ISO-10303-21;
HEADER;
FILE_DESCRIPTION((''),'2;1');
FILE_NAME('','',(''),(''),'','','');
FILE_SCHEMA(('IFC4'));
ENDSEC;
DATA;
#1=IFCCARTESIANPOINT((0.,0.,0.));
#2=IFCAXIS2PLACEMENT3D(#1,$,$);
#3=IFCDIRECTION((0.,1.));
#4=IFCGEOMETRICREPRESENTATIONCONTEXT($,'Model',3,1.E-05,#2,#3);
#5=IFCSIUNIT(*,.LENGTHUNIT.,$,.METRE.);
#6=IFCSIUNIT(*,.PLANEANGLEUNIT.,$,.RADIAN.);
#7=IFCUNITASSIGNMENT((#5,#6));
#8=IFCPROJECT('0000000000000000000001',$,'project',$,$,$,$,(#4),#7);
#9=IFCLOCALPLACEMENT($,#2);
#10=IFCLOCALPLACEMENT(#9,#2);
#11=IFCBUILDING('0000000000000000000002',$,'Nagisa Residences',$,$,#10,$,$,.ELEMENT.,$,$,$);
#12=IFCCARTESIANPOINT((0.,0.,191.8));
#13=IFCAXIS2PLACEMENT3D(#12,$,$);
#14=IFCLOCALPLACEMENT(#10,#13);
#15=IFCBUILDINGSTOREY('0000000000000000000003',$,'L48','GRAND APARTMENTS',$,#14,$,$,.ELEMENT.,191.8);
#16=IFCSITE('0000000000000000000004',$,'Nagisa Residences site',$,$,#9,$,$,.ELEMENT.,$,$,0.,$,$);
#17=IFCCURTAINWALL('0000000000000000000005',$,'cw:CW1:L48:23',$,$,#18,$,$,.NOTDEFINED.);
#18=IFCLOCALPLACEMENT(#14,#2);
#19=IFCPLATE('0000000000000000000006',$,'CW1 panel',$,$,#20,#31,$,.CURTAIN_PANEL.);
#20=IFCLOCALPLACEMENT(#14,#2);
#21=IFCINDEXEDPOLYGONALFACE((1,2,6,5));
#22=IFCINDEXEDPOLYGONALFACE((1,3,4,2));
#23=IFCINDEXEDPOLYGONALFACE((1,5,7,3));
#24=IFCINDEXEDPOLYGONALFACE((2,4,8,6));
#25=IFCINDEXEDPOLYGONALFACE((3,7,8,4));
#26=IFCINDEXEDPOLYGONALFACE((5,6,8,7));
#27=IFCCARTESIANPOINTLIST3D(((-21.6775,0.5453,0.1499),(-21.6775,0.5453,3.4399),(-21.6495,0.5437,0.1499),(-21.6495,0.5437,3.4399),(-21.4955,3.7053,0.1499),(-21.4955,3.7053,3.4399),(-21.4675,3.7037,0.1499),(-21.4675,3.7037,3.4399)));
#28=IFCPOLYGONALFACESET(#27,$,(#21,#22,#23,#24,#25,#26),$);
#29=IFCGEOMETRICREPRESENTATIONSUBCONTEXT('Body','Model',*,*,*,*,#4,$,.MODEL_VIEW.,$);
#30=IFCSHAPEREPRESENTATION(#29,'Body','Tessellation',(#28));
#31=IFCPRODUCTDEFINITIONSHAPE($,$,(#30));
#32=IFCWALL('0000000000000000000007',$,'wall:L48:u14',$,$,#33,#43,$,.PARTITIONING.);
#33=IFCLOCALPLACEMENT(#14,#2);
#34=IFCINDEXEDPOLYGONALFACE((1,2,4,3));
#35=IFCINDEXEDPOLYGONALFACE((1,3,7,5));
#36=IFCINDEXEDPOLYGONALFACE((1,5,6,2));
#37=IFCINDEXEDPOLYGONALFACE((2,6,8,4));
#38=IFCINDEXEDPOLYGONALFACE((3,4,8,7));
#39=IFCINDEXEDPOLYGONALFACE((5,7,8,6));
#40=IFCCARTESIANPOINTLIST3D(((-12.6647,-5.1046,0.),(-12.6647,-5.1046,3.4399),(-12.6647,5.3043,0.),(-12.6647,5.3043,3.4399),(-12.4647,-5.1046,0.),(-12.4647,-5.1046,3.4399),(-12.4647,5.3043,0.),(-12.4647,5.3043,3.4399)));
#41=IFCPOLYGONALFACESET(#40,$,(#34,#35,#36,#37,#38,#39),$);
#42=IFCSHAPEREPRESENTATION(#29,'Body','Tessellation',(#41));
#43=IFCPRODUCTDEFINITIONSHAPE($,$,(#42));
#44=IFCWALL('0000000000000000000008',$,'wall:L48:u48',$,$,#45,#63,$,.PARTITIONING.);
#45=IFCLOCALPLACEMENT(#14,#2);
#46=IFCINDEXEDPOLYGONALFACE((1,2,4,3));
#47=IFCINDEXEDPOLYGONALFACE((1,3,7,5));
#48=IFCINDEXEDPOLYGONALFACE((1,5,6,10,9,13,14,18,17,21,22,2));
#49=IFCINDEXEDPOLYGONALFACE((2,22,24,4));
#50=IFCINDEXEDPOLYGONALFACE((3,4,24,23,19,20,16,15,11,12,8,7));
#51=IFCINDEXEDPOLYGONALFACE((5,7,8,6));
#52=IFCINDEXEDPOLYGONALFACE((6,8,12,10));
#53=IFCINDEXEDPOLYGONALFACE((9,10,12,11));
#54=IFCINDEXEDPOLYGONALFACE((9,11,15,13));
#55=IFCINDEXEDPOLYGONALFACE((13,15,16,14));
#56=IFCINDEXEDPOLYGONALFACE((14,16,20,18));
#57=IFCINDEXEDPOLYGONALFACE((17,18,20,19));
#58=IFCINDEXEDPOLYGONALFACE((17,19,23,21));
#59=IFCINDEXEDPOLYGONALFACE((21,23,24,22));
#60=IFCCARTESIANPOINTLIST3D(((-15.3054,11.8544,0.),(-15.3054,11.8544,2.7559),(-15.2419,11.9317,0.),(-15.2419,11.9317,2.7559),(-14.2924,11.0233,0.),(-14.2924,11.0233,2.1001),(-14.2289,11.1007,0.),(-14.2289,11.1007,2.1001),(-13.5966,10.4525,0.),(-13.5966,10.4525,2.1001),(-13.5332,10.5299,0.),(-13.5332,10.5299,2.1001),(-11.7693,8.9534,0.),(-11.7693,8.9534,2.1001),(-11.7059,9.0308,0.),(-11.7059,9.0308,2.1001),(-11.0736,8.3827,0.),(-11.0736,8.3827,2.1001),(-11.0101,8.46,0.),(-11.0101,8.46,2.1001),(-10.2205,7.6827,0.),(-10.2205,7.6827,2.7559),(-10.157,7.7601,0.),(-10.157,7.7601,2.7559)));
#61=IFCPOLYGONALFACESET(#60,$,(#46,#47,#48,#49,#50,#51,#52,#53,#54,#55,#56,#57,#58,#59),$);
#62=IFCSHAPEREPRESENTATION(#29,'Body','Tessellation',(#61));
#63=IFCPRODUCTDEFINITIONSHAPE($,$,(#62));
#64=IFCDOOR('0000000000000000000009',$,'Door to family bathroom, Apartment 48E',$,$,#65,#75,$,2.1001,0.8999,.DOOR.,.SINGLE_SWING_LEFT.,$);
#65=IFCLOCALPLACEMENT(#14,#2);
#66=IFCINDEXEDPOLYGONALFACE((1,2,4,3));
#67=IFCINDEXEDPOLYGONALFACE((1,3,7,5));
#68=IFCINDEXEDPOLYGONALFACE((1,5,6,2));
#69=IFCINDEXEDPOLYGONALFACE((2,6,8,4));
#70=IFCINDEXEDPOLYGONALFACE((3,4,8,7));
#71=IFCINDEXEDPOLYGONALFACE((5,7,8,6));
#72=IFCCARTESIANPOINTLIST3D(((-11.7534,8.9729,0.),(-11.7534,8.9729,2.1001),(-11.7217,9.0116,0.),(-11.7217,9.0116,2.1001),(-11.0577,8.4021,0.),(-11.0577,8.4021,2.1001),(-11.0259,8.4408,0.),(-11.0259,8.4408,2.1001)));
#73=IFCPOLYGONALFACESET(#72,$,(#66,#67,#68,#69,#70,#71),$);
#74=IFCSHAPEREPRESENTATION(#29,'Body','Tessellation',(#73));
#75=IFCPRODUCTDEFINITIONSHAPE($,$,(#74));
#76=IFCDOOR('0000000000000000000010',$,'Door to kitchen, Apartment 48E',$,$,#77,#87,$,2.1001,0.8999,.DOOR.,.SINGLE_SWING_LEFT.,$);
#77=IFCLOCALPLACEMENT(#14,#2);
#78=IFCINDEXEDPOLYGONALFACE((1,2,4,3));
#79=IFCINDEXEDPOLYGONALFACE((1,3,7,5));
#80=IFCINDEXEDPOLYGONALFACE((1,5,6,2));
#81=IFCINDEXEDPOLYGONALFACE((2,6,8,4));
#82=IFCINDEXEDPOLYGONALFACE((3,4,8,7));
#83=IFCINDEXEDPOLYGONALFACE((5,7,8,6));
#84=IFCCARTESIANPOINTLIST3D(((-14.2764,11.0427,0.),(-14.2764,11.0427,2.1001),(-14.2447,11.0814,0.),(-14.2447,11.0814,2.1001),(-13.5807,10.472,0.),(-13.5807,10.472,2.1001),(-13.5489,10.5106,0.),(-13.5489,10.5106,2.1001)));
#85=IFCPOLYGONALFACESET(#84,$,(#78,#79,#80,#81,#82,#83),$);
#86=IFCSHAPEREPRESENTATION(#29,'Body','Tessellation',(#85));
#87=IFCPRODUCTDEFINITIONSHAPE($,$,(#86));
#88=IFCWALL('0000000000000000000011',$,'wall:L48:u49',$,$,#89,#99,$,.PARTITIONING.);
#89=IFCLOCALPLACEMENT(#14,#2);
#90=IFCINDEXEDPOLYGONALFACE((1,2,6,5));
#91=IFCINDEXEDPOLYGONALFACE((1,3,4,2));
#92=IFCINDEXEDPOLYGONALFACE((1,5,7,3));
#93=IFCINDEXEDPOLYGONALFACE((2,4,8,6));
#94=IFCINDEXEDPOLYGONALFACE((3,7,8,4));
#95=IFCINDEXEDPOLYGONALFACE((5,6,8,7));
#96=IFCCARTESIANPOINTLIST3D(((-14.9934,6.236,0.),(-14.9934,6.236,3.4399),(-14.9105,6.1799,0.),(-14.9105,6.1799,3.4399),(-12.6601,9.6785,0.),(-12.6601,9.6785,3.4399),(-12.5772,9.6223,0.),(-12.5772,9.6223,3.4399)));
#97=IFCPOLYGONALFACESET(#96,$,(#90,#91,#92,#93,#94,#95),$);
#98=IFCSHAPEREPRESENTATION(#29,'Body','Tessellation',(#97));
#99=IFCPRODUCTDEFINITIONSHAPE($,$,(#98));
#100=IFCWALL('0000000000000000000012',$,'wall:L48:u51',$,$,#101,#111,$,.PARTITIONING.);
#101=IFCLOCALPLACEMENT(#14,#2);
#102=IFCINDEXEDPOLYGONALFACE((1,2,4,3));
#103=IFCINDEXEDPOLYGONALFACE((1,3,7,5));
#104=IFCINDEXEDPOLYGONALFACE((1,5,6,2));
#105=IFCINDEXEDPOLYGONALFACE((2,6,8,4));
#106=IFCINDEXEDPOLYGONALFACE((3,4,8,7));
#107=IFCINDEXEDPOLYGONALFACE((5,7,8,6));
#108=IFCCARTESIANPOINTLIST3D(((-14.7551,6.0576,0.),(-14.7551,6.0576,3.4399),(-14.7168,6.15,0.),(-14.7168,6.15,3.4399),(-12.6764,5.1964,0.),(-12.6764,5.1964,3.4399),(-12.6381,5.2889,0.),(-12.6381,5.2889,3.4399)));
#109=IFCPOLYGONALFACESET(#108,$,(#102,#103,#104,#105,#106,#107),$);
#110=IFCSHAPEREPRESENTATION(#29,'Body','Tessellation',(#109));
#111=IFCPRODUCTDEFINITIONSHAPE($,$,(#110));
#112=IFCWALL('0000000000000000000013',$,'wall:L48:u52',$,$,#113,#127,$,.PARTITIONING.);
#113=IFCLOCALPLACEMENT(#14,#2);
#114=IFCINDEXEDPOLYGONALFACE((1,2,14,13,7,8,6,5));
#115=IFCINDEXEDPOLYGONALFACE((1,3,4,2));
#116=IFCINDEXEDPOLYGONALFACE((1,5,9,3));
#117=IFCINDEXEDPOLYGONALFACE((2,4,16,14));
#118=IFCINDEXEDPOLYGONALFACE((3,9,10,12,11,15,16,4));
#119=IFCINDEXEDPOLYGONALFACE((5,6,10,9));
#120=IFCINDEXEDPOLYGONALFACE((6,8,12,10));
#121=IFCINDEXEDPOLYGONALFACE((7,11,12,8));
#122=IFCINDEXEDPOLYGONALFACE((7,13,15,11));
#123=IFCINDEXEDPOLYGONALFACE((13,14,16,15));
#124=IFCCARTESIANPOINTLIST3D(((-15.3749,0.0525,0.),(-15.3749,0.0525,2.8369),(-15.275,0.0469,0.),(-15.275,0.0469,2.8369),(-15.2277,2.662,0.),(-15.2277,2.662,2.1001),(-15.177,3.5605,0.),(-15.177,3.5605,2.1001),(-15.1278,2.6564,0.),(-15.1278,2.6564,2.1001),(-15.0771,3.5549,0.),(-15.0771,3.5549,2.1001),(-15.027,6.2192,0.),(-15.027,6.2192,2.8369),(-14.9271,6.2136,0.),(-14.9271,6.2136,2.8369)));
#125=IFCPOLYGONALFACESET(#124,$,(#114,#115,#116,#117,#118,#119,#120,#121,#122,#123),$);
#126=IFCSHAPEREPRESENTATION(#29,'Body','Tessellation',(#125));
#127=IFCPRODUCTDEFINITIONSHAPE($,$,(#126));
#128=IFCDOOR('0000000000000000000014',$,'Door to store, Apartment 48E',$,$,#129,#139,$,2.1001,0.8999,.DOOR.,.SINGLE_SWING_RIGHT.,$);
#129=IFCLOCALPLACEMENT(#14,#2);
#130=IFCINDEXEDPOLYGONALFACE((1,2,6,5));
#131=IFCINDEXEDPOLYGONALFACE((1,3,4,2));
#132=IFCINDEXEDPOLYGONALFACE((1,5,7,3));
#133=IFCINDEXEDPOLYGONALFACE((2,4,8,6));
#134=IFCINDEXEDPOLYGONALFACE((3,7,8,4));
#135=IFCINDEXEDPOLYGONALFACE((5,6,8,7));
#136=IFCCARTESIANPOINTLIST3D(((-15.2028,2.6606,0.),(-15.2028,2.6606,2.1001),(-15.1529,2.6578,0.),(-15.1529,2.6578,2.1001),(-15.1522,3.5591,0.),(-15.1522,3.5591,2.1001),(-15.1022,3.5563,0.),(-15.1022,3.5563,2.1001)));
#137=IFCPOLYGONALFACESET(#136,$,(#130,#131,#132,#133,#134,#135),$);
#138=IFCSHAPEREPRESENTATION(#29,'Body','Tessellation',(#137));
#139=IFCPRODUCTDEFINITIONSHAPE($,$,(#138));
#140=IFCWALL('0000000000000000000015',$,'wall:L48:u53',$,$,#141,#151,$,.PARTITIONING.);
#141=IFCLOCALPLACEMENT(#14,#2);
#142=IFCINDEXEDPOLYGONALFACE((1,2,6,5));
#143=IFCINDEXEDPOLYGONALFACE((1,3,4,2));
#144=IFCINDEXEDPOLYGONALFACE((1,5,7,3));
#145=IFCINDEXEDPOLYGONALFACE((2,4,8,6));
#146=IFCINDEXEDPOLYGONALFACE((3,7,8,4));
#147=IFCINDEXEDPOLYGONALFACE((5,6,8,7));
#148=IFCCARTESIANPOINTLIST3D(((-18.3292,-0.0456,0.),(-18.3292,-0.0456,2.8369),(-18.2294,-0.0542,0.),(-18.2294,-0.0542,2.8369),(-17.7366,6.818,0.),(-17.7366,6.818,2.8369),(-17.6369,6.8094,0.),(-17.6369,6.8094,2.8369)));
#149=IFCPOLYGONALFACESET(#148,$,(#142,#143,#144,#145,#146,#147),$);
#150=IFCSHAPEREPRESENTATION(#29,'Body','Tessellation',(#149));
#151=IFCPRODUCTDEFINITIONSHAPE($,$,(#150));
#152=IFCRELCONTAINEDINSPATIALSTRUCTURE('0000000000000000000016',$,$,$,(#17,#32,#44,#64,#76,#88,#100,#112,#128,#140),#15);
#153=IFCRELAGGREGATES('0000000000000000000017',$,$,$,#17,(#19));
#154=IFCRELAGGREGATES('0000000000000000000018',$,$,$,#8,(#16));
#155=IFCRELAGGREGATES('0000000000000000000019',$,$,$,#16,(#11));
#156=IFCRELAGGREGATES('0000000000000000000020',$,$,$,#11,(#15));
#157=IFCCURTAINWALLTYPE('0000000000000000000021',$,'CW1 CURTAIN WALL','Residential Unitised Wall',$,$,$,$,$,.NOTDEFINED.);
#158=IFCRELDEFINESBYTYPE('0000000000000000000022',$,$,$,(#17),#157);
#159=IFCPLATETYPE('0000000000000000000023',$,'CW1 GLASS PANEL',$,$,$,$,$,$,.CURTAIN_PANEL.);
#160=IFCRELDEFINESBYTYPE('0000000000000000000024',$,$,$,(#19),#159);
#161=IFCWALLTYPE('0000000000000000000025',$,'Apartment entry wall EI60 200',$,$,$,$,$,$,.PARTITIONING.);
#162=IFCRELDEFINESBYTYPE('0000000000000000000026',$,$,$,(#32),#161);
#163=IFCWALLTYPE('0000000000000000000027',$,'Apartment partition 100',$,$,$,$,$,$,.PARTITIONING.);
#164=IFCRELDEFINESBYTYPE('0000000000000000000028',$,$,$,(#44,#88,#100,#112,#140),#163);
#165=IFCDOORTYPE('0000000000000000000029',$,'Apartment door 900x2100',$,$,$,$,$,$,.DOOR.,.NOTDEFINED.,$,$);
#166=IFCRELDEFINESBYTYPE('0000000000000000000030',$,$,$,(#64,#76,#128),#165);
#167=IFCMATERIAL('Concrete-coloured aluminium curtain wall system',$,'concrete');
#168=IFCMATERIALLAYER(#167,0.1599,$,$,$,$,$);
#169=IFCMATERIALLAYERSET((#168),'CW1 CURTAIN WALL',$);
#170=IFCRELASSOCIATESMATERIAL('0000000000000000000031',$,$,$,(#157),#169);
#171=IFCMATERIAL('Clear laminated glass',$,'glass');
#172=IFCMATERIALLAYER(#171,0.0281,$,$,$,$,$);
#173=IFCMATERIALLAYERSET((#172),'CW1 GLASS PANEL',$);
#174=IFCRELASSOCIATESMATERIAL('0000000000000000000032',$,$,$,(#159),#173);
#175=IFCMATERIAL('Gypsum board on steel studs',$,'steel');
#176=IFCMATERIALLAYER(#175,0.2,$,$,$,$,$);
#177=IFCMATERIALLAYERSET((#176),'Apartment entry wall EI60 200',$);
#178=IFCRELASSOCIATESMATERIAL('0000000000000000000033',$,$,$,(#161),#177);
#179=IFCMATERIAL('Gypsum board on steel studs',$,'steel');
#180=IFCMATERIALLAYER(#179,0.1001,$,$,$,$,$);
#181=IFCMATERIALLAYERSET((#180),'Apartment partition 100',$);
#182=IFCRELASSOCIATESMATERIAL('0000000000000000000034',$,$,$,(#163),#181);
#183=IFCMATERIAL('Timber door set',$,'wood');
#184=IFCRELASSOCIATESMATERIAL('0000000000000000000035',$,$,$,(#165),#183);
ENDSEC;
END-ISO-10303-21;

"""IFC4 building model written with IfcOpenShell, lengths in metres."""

from ifc_helpers import new_model, si_unit, direction, frame, frame_2d, origin, origin_2d, place, context, subcontext, project, spatial, rectangle, extrude, material, layer, layer_set, type_object, element, fill, aggregate, save


model = new_model("IFC4")

# Units and contexts
model_context = context("Model", 3, precision=1e-05, world=origin(), true_north=direction((0.0, 1.0)))
body_context = subcontext(model_context, "Body", "Model", "MODEL_VIEW")
ifc_project = project(units=[si_unit("LENGTHUNIT", "METRE"), si_unit("PLANEANGLEUNIT", "RADIAN")], contexts=[model_context])

# Site, building, storey
site_placement = place(None, origin())
site = spatial("IfcSite", under=ifc_project, at=site_placement, Name="Nagisa Residences site", CompositionType="ELEMENT", RefElevation=0.0)
building_placement = place(site_placement, origin())
building = spatial("IfcBuilding", under=site, at=building_placement, Name="Nagisa Residences", CompositionType="ELEMENT")
storey_placement = place(building_placement, frame((0.0, 0.0, 191.8)))
storey = spatial("IfcBuildingStorey", under=building, at=storey_placement, Name="L48", Description="GRAND APARTMENTS", CompositionType="ELEMENT", Elevation=191.8)

# Curtain wall
ifc_material_1 = material(Name="Concrete-coloured aluminium curtain wall system", Category="concrete")
ifc_layer_1 = layer(ifc_material_1, 0.1599)
ifc_layer_set_1 = layer_set([ifc_layer_1], Name="CW1 CURTAIN WALL")
curtain_wall_type = type_object("IfcCurtainWallType", Name="CW1 CURTAIN WALL", Description="Residential Unitised Wall", PredefinedType="NOTDEFINED", material=ifc_layer_set_1)
curtain_wall_1_placement = place(storey_placement, origin())
curtain_wall_1 = element("IfcCurtainWall", 1, at=curtain_wall_1_placement, inside=storey, type_object=curtain_wall_type, Name="cw:CW1:L48:23", PredefinedType="NOTDEFINED")

# Plate
ifc_material_2 = material(Name="Clear laminated glass", Category="glass")
ifc_layer_2 = layer(ifc_material_2, 0.0281)
ifc_layer_set_2 = layer_set([ifc_layer_2], Name="CW1 GLASS PANEL")
plate_type = type_object("IfcPlateType", Name="CW1 GLASS PANEL", PredefinedType="CURTAIN_PANEL", material=ifc_layer_set_2)
plate_1_placement = place(storey_placement, frame((-21.5725, 2.1245, 0.1499), z_axis=(0.0, 0.0, 1.0), x_axis=(-0.057503, -0.998345, 0.0)))
plate_1 = element("IfcPlate", 2, at=plate_1_placement, type_object=plate_type, Name="CW1 panel", PredefinedType="CURTAIN_PANEL", context=body_context, shape_type="SweptSolid", body=[
    extrude(rectangle(XDim=3.1653, YDim=0.0281, at=origin_2d()), origin(), (0.0, 0.0, 1.0), 3.29),
])
aggregate(curtain_wall_1, [plate_1])

# Wall
ifc_material_3 = material(Name="Gypsum board on steel studs", Category="steel")
ifc_layer_3 = layer(ifc_material_3, 0.2)
ifc_layer_set_3 = layer_set([ifc_layer_3], Name="Apartment entry wall EI60 200")
wall_type_1 = type_object("IfcWallType", Name="Apartment entry wall EI60 200", PredefinedType="PARTITIONING", material=ifc_layer_set_3)
wall_1_placement = place(storey_placement, frame((-12.5647, 5.3044, 0.0), z_axis=(0.0, 0.0, 1.0), x_axis=(0.0, -1.0, 0.0)))
element("IfcWall", 3, at=wall_1_placement, inside=storey, type_object=wall_type_1, Name="wall:L48:u14", PredefinedType="PARTITIONING", context=body_context, shape_type="SweptSolid", body=[
    extrude(rectangle(XDim=10.4089, YDim=0.2, at=frame_2d((5.2046, 0.0))), origin(), (0.0, 0.0, 1.0), 3.4399),
])

# Wall, openings, doors
ifc_material_4 = material(Name="Gypsum board on steel studs", Category="steel")
ifc_layer_4 = layer(ifc_material_4, 0.1001)
ifc_layer_set_4 = layer_set([ifc_layer_4], Name="Apartment partition 100")
wall_type_2 = type_object("IfcWallType", Name="Apartment partition 100", PredefinedType="PARTITIONING", material=ifc_layer_set_4)
wall_2_placement = place(storey_placement, frame((-10.1887, 7.7214, 0.0), z_axis=(0.0, 0.0, 1.0), x_axis=(-0.773121, 0.634258, 0.0)))
wall_2 = element("IfcWall", 4, at=wall_2_placement, inside=storey, type_object=wall_type_2, Name="wall:L48:u48", PredefinedType="PARTITIONING", context=body_context, shape_type="SweptSolid", body=[
    extrude(rectangle(XDim=6.5771, YDim=0.1001, at=frame_2d((3.2886, 0.0))), origin(), (0.0, 0.0, 1.0), 2.7559),
])
opening_1_placement = place(wall_2_placement, frame((1.1035, 0.0, 0.0)))
opening_1 = element("IfcOpeningElement", 5, at=opening_1_placement, cuts=wall_2, PredefinedType="OPENING", context=body_context, shape_type="SweptSolid", body=[
    extrude(rectangle(XDim=0.8999, YDim=2.1001, at=frame_2d((0.45, 1.05))), frame((0.0, 0.0601, 0.0), z_axis=(0.0, -1.0, 0.0), x_axis=(1.0, 0.0, 0.0)), (0.0, 0.0, 1.0), 0.1201),
])
opening_2_placement = place(wall_2_placement, frame((4.3669, 0.0, 0.0)))
opening_2 = element("IfcOpeningElement", 6, at=opening_2_placement, cuts=wall_2, PredefinedType="OPENING", context=body_context, shape_type="SweptSolid", body=[
    extrude(rectangle(XDim=0.8999, YDim=2.1001, at=frame_2d((0.45, 1.05))), frame((0.0, 0.0601, 0.0), z_axis=(0.0, -1.0, 0.0), x_axis=(1.0, 0.0, 0.0)), (0.0, 0.0, 1.0), 0.1201),
])
ifc_material_5 = material(Name="Timber door set", Category="wood")
door_type_1 = type_object("IfcDoorType", Name="Apartment door 900x2100", OperationType="NOTDEFINED", PredefinedType="DOOR", material=ifc_material_5)
door_1_placement = place(opening_1_placement, origin())
door_1 = element("IfcDoor", 7, at=door_1_placement, inside=storey, type_object=door_type_1, Name="Door to family bathroom, Apartment 48E", OperationType="SINGLE_SWING_LEFT", OverallHeight=2.1001, OverallWidth=0.8999, PredefinedType="DOOR", context=body_context, shape_type="SweptSolid", body=[
    extrude(rectangle(XDim=0.8999, YDim=2.1001, at=frame_2d((0.45, 1.05))), frame((0.0, 0.0249, 0.0), z_axis=(0.0, -1.0, 0.0), x_axis=(1.0, 0.0, 0.0)), (0.0, 0.0, 1.0), 0.05),
])
fill(opening_1, door_1)
door_2_placement = place(opening_2_placement, origin())
door_2 = element("IfcDoor", 8, at=door_2_placement, inside=storey, type_object=door_type_1, Name="Door to kitchen, Apartment 48E", OperationType="SINGLE_SWING_LEFT", OverallHeight=2.1001, OverallWidth=0.8999, PredefinedType="DOOR", context=body_context, shape_type="SweptSolid", body=[
    extrude(rectangle(XDim=0.8999, YDim=2.1001, at=frame_2d((0.45, 1.05))), frame((0.0, 0.0249, 0.0), z_axis=(0.0, -1.0, 0.0), x_axis=(1.0, 0.0, 0.0)), (0.0, 0.0, 1.0), 0.05),
])
fill(opening_2, door_2)

# Walls
wall_3_placement = place(storey_placement, frame((-12.6187, 9.6504, 0.0), z_axis=(0.0, 0.0, 1.0), x_axis=(-0.561065, -0.827772, 0.0)))
element("IfcWall", 9, at=wall_3_placement, inside=storey, type_object=wall_type_2, Name="wall:L48:u49", PredefinedType="PARTITIONING", context=body_context, shape_type="SweptSolid", body=[
    extrude(rectangle(XDim=4.1587, YDim=0.1001, at=frame_2d((2.0793, 0.0))), origin(), (0.0, 0.0, 1.0), 3.4399),
])
wall_4_placement = place(storey_placement, frame((-12.6572, 5.2427, 0.0), z_axis=(0.0, 0.0, 1.0), x_axis=(-0.923865, 0.382719, 0.0)))
element("IfcWall", 10, at=wall_4_placement, inside=storey, type_object=wall_type_2, Name="wall:L48:u51", PredefinedType="PARTITIONING", context=body_context, shape_type="SweptSolid", body=[
    extrude(rectangle(XDim=2.25, YDim=0.1001, at=frame_2d((1.125, 0.0))), origin(), (0.0, 0.0, 1.0), 3.4399),
])

# Wall, opening, door
wall_5_placement = place(storey_placement, frame((-14.9771, 6.2166, 0.0), z_axis=(0.0, 0.0, 1.0), x_axis=(-0.056326, -0.998412, 0.0)))
wall_5 = element("IfcWall", 11, at=wall_5_placement, inside=storey, type_object=wall_type_2, Name="wall:L48:u52", PredefinedType="PARTITIONING", context=body_context, shape_type="SweptSolid", body=[
    extrude(rectangle(XDim=6.1765, YDim=0.1001, at=frame_2d((3.0884, 0.0))), origin(), (0.0, 0.0, 1.0), 2.8369),
])
opening_3_placement = place(wall_5_placement, frame((2.6631, 0.0, 0.0)))
opening_3 = element("IfcOpeningElement", 12, at=opening_3_placement, cuts=wall_5, PredefinedType="OPENING", context=body_context, shape_type="SweptSolid", body=[
    extrude(rectangle(XDim=0.8999, YDim=2.1001, at=frame_2d((0.45, 1.05))), frame((0.0, 0.0601, 0.0), z_axis=(0.0, -1.0, 0.0), x_axis=(1.0, 0.0, 0.0)), (0.0, 0.0, 1.0), 0.1201),
])
door_3_placement = place(opening_3_placement, origin())
door_3 = element("IfcDoor", 13, at=door_3_placement, inside=storey, type_object=door_type_1, Name="Door to store, Apartment 48E", OperationType="SINGLE_SWING_RIGHT", OverallHeight=2.1001, OverallWidth=0.8999, PredefinedType="DOOR", context=body_context, shape_type="SweptSolid", body=[
    extrude(rectangle(XDim=0.8999, YDim=2.1001, at=frame_2d((0.45, 1.05))), frame((0.0, 0.0249, 0.0), z_axis=(0.0, -1.0, 0.0), x_axis=(1.0, 0.0, 0.0)), (0.0, 0.0, 1.0), 0.05),
])
fill(opening_3, door_3)

# Wall
wall_6_placement = place(storey_placement, frame((-17.6868, 6.8137, 0.0), z_axis=(0.0, 0.0, 1.0), x_axis=(-0.08601, -0.996294, 0.0)))
element("IfcWall", 14, at=wall_6_placement, inside=storey, type_object=wall_type_2, Name="wall:L48:u53", PredefinedType="PARTITIONING", context=body_context, shape_type="SweptSolid", body=[
    extrude(rectangle(XDim=6.8892, YDim=0.1001, at=frame_2d((3.4446, 0.0))), origin(), (0.0, 0.0, 1.0), 2.8369),
])

save(model, "model.ifc")
